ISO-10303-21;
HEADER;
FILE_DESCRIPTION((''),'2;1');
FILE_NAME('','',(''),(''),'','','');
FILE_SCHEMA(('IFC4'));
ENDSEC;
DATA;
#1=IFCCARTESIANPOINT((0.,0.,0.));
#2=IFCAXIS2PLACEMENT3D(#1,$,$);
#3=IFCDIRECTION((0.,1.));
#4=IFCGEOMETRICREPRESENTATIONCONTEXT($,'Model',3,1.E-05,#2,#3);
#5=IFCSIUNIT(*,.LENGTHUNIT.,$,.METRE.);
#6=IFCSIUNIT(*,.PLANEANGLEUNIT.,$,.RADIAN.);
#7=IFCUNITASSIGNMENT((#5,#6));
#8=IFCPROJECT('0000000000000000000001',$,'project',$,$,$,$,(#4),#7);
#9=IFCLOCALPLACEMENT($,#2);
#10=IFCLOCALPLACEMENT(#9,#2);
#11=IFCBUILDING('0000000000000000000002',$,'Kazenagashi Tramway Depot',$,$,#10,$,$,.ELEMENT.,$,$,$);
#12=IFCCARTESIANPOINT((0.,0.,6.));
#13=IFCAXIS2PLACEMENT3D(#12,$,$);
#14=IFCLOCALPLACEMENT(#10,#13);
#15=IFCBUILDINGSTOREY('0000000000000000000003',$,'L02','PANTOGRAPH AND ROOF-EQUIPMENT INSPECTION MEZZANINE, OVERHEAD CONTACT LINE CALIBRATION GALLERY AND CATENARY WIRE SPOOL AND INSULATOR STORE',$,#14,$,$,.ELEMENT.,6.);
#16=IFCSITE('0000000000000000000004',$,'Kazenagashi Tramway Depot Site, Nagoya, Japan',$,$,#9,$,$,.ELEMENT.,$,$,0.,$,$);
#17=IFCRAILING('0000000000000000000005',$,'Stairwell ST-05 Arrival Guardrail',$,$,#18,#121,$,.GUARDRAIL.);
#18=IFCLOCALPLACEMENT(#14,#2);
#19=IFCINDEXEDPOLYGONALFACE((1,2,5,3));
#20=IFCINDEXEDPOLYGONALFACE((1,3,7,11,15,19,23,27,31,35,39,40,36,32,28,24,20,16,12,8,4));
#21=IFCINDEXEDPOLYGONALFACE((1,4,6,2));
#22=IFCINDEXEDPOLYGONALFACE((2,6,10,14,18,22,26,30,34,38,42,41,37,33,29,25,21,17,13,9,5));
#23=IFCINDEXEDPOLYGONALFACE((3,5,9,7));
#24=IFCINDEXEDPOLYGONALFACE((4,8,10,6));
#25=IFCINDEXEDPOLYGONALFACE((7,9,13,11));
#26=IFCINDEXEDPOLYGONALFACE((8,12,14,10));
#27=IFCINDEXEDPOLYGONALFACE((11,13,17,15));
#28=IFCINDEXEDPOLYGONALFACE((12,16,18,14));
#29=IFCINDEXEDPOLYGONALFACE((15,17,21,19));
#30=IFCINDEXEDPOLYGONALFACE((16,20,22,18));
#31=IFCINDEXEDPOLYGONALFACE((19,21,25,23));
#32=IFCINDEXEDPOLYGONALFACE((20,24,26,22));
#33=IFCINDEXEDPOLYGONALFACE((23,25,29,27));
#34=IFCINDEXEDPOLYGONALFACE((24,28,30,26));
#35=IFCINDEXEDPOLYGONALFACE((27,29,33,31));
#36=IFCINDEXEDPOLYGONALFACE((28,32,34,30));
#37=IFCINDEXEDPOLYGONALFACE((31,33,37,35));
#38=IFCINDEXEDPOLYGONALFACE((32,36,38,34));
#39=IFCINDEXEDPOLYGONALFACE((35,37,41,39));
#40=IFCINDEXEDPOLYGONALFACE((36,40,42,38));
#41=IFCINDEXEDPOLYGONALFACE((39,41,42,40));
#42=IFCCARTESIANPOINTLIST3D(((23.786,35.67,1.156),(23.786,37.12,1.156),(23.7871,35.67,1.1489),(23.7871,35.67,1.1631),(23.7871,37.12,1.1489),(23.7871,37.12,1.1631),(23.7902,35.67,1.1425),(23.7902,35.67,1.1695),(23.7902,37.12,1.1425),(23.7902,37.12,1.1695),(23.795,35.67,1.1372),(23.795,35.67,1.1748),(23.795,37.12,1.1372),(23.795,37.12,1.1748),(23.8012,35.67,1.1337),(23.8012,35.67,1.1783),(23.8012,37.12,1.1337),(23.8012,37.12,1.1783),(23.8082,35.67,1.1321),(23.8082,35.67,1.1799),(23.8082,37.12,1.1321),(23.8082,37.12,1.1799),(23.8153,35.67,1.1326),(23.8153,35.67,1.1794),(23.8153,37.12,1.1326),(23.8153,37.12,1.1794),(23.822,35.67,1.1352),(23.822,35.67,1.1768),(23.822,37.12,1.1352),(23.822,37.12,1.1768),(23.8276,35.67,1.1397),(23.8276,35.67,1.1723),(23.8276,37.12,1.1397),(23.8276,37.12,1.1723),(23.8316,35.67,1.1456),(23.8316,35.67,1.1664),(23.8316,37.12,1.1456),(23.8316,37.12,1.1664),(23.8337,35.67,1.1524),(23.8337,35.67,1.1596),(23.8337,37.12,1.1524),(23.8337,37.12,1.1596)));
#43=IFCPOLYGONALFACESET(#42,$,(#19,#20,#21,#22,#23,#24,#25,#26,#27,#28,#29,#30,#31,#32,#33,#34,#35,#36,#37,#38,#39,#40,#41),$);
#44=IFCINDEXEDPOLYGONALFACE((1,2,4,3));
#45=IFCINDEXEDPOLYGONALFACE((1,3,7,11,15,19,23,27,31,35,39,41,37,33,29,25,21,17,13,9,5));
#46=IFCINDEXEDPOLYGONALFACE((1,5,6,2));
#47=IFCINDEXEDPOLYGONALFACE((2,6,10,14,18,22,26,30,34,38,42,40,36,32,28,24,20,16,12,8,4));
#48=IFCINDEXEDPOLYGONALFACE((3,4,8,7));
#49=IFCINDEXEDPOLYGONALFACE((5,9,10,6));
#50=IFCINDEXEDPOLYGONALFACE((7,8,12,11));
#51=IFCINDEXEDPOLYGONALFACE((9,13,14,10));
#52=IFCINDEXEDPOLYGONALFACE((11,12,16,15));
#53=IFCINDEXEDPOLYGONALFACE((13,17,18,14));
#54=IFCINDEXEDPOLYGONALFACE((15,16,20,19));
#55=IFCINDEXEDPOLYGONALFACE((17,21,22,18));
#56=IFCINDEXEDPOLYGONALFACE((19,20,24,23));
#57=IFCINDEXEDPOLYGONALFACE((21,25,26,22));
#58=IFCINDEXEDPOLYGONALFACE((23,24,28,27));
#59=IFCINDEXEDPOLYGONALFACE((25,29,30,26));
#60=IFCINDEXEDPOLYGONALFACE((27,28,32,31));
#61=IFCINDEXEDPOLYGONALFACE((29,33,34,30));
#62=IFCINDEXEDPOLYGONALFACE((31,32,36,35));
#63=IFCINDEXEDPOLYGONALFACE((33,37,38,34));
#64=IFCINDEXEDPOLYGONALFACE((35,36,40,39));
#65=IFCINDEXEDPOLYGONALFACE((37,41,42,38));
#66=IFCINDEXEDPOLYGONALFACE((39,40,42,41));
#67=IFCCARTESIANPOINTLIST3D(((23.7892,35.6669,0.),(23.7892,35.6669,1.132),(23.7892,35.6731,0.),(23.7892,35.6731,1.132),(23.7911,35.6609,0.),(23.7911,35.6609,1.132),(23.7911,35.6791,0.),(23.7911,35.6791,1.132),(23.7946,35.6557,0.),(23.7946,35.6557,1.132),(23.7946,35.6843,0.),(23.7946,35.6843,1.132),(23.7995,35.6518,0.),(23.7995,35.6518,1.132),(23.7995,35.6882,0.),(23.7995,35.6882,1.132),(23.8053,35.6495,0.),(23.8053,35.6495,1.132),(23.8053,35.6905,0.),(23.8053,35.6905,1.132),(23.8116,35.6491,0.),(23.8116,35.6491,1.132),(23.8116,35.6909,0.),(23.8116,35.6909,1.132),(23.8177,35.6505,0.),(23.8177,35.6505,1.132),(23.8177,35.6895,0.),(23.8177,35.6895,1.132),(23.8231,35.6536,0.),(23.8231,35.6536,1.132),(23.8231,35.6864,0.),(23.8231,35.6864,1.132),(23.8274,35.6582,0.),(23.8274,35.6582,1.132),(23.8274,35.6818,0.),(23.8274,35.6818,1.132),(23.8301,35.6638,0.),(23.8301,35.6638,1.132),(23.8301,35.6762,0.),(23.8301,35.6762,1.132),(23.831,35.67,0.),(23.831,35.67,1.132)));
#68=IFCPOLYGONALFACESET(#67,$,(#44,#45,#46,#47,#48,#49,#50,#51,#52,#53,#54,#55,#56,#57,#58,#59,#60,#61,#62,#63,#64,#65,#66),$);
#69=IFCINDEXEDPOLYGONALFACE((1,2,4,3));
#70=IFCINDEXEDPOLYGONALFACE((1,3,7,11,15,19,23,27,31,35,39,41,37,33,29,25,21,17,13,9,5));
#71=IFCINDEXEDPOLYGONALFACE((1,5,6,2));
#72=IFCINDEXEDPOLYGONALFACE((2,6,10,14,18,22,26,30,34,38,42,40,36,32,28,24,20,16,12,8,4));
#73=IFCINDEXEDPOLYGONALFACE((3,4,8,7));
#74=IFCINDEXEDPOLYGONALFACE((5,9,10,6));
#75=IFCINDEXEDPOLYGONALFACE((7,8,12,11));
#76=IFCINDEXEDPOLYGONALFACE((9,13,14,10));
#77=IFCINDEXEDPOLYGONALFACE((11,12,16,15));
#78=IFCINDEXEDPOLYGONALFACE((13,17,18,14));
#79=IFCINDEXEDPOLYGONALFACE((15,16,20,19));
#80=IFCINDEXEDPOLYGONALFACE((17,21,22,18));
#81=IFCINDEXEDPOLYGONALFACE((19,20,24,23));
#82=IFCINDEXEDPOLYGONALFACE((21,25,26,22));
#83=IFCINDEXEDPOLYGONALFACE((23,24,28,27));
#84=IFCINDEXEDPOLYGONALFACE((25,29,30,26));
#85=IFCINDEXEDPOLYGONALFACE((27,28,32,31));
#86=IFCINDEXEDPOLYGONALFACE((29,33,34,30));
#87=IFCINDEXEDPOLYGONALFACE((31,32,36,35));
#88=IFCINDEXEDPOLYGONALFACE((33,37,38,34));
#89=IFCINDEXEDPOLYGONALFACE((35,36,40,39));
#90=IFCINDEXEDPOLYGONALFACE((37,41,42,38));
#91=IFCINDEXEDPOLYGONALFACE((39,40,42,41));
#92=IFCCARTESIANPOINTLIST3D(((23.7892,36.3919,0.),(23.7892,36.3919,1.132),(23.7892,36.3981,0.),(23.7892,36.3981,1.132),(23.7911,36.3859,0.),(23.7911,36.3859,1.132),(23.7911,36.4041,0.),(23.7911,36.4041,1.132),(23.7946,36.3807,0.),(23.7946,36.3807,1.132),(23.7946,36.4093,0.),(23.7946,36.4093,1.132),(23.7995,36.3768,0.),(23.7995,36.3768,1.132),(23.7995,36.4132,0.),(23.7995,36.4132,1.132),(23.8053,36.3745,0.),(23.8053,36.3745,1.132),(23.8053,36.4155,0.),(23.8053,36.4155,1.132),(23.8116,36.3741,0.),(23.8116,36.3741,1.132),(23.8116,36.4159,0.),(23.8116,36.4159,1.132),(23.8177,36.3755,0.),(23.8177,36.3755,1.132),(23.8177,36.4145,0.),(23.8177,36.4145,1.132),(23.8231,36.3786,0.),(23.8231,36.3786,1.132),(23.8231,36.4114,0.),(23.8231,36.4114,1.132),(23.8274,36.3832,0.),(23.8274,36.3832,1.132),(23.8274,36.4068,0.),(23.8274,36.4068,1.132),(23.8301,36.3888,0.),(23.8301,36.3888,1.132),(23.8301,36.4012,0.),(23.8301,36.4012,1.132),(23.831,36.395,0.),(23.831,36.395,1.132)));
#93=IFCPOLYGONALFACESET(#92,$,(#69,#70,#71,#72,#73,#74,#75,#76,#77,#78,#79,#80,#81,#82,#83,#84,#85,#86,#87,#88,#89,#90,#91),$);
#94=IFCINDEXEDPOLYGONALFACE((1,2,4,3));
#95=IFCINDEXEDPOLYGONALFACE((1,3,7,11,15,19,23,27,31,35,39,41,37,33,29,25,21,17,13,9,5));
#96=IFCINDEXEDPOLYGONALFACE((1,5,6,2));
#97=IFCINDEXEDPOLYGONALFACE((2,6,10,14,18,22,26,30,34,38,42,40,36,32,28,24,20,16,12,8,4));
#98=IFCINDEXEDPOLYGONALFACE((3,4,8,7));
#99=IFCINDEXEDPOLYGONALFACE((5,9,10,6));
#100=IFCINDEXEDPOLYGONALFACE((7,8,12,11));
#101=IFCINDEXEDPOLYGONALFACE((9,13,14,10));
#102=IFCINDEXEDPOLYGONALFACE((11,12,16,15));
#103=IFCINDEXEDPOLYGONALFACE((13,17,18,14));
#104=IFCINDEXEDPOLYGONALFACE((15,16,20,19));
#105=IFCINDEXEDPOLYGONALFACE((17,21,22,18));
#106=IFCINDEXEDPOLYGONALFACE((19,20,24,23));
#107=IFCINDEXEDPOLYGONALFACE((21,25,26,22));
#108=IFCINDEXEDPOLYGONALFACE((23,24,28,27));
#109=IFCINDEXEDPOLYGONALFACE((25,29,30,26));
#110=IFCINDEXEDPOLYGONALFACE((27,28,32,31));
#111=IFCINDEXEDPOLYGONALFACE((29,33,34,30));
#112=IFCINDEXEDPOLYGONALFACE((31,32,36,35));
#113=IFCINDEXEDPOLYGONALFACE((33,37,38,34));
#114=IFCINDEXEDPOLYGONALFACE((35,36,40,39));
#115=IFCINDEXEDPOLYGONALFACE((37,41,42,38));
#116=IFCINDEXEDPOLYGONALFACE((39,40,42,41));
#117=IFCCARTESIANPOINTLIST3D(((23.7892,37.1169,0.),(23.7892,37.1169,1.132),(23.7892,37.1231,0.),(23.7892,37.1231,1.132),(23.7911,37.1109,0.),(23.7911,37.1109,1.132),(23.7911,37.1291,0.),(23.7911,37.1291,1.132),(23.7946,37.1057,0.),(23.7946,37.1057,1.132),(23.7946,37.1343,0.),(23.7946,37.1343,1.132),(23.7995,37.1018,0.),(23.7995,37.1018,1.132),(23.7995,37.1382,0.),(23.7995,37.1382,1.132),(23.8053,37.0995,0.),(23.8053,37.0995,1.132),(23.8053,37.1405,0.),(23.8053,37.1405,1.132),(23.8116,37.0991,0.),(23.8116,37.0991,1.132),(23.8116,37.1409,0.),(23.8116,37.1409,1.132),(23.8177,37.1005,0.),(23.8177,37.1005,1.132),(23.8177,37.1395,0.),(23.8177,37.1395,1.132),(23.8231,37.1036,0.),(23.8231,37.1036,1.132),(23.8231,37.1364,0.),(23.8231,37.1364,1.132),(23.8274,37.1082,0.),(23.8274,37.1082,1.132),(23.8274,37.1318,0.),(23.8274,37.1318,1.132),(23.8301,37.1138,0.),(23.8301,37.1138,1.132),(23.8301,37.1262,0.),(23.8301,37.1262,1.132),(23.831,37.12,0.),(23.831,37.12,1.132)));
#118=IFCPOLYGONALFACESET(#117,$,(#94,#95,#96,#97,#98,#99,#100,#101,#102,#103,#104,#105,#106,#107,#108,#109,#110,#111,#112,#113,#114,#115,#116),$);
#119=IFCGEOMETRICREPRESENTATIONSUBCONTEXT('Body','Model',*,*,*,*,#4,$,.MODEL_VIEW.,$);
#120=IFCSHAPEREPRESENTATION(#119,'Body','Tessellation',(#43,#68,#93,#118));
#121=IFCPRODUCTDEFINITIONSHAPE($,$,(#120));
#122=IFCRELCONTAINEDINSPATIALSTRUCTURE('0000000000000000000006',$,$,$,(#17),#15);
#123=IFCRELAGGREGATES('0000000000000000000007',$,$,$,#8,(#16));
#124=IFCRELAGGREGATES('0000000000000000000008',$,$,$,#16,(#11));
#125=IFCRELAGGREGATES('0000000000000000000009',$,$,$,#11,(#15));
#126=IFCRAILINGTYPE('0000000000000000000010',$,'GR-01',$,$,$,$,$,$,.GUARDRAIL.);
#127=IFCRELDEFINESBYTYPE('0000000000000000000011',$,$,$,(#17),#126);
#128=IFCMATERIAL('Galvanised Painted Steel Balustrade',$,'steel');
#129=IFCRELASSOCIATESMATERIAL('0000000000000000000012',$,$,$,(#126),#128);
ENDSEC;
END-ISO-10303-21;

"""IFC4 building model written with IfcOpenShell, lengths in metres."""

from ifc_helpers import new_model, si_unit, direction, frame, origin, origin_2d, place, context, subcontext, project, spatial, circle, extrude, material, type_object, element, save


model = new_model("IFC4")

# Units and contexts
model_context = context("Model", 3, precision=1e-05, world=origin(), true_north=direction((0.0, 1.0)))
body_context = subcontext(model_context, "Body", "Model", "MODEL_VIEW")
ifc_project = project(units=[si_unit("LENGTHUNIT", "METRE"), si_unit("PLANEANGLEUNIT", "RADIAN")], contexts=[model_context])

# Site, building, storey
site_placement = place(None, origin())
site = spatial("IfcSite", under=ifc_project, at=site_placement, Name="Kazenagashi Tramway Depot Site, Nagoya, Japan", CompositionType="ELEMENT", RefElevation=0.0)
building_placement = place(site_placement, origin())
building = spatial("IfcBuilding", under=site, at=building_placement, Name="Kazenagashi Tramway Depot", CompositionType="ELEMENT")
storey_placement = place(building_placement, frame((0.0, 0.0, 6.0)))
storey = spatial("IfcBuildingStorey", under=building, at=storey_placement, Name="L02", Description="PANTOGRAPH AND ROOF-EQUIPMENT INSPECTION MEZZANINE, OVERHEAD CONTACT LINE CALIBRATION GALLERY AND CATENARY WIRE SPOOL AND INSULATOR STORE", CompositionType="ELEMENT", Elevation=6.0)

# Railing
ifc_material_1 = material(Name="Galvanised Painted Steel Balustrade", Category="steel")
railing_type_1 = type_object("IfcRailingType", Name="GR-01", PredefinedType="GUARDRAIL", material=ifc_material_1)
railing_1_placement = place(storey_placement, frame((23.81, 35.67, 0.0)))
element("IfcRailing", 1, at=railing_1_placement, inside=storey, type_object=railing_type_1, Name="Stairwell ST-05 Arrival Guardrail", PredefinedType="GUARDRAIL", context=body_context, shape_type="SweptSolid", body=[
    extrude(circle(Radius=0.024, at=origin_2d()), frame((0.0, 0.0, 1.156), z_axis=(0.0, 1.0, 0.0), x_axis=(-1.0, 0.0, 0.0)), (0.0, 0.0, 1.0), 1.45),
    extrude(circle(Radius=0.021, at=origin_2d()), origin(), (0.0, 0.0, 1.0), 1.132),
    extrude(circle(Radius=0.021, at=origin_2d()), frame((0.0, 0.725, 0.0)), (0.0, 0.0, 1.0), 1.132),
    extrude(circle(Radius=0.021, at=origin_2d()), frame((0.0, 1.45, 0.0)), (0.0, 0.0, 1.0), 1.132),
])

save(model, "model.ifc")
